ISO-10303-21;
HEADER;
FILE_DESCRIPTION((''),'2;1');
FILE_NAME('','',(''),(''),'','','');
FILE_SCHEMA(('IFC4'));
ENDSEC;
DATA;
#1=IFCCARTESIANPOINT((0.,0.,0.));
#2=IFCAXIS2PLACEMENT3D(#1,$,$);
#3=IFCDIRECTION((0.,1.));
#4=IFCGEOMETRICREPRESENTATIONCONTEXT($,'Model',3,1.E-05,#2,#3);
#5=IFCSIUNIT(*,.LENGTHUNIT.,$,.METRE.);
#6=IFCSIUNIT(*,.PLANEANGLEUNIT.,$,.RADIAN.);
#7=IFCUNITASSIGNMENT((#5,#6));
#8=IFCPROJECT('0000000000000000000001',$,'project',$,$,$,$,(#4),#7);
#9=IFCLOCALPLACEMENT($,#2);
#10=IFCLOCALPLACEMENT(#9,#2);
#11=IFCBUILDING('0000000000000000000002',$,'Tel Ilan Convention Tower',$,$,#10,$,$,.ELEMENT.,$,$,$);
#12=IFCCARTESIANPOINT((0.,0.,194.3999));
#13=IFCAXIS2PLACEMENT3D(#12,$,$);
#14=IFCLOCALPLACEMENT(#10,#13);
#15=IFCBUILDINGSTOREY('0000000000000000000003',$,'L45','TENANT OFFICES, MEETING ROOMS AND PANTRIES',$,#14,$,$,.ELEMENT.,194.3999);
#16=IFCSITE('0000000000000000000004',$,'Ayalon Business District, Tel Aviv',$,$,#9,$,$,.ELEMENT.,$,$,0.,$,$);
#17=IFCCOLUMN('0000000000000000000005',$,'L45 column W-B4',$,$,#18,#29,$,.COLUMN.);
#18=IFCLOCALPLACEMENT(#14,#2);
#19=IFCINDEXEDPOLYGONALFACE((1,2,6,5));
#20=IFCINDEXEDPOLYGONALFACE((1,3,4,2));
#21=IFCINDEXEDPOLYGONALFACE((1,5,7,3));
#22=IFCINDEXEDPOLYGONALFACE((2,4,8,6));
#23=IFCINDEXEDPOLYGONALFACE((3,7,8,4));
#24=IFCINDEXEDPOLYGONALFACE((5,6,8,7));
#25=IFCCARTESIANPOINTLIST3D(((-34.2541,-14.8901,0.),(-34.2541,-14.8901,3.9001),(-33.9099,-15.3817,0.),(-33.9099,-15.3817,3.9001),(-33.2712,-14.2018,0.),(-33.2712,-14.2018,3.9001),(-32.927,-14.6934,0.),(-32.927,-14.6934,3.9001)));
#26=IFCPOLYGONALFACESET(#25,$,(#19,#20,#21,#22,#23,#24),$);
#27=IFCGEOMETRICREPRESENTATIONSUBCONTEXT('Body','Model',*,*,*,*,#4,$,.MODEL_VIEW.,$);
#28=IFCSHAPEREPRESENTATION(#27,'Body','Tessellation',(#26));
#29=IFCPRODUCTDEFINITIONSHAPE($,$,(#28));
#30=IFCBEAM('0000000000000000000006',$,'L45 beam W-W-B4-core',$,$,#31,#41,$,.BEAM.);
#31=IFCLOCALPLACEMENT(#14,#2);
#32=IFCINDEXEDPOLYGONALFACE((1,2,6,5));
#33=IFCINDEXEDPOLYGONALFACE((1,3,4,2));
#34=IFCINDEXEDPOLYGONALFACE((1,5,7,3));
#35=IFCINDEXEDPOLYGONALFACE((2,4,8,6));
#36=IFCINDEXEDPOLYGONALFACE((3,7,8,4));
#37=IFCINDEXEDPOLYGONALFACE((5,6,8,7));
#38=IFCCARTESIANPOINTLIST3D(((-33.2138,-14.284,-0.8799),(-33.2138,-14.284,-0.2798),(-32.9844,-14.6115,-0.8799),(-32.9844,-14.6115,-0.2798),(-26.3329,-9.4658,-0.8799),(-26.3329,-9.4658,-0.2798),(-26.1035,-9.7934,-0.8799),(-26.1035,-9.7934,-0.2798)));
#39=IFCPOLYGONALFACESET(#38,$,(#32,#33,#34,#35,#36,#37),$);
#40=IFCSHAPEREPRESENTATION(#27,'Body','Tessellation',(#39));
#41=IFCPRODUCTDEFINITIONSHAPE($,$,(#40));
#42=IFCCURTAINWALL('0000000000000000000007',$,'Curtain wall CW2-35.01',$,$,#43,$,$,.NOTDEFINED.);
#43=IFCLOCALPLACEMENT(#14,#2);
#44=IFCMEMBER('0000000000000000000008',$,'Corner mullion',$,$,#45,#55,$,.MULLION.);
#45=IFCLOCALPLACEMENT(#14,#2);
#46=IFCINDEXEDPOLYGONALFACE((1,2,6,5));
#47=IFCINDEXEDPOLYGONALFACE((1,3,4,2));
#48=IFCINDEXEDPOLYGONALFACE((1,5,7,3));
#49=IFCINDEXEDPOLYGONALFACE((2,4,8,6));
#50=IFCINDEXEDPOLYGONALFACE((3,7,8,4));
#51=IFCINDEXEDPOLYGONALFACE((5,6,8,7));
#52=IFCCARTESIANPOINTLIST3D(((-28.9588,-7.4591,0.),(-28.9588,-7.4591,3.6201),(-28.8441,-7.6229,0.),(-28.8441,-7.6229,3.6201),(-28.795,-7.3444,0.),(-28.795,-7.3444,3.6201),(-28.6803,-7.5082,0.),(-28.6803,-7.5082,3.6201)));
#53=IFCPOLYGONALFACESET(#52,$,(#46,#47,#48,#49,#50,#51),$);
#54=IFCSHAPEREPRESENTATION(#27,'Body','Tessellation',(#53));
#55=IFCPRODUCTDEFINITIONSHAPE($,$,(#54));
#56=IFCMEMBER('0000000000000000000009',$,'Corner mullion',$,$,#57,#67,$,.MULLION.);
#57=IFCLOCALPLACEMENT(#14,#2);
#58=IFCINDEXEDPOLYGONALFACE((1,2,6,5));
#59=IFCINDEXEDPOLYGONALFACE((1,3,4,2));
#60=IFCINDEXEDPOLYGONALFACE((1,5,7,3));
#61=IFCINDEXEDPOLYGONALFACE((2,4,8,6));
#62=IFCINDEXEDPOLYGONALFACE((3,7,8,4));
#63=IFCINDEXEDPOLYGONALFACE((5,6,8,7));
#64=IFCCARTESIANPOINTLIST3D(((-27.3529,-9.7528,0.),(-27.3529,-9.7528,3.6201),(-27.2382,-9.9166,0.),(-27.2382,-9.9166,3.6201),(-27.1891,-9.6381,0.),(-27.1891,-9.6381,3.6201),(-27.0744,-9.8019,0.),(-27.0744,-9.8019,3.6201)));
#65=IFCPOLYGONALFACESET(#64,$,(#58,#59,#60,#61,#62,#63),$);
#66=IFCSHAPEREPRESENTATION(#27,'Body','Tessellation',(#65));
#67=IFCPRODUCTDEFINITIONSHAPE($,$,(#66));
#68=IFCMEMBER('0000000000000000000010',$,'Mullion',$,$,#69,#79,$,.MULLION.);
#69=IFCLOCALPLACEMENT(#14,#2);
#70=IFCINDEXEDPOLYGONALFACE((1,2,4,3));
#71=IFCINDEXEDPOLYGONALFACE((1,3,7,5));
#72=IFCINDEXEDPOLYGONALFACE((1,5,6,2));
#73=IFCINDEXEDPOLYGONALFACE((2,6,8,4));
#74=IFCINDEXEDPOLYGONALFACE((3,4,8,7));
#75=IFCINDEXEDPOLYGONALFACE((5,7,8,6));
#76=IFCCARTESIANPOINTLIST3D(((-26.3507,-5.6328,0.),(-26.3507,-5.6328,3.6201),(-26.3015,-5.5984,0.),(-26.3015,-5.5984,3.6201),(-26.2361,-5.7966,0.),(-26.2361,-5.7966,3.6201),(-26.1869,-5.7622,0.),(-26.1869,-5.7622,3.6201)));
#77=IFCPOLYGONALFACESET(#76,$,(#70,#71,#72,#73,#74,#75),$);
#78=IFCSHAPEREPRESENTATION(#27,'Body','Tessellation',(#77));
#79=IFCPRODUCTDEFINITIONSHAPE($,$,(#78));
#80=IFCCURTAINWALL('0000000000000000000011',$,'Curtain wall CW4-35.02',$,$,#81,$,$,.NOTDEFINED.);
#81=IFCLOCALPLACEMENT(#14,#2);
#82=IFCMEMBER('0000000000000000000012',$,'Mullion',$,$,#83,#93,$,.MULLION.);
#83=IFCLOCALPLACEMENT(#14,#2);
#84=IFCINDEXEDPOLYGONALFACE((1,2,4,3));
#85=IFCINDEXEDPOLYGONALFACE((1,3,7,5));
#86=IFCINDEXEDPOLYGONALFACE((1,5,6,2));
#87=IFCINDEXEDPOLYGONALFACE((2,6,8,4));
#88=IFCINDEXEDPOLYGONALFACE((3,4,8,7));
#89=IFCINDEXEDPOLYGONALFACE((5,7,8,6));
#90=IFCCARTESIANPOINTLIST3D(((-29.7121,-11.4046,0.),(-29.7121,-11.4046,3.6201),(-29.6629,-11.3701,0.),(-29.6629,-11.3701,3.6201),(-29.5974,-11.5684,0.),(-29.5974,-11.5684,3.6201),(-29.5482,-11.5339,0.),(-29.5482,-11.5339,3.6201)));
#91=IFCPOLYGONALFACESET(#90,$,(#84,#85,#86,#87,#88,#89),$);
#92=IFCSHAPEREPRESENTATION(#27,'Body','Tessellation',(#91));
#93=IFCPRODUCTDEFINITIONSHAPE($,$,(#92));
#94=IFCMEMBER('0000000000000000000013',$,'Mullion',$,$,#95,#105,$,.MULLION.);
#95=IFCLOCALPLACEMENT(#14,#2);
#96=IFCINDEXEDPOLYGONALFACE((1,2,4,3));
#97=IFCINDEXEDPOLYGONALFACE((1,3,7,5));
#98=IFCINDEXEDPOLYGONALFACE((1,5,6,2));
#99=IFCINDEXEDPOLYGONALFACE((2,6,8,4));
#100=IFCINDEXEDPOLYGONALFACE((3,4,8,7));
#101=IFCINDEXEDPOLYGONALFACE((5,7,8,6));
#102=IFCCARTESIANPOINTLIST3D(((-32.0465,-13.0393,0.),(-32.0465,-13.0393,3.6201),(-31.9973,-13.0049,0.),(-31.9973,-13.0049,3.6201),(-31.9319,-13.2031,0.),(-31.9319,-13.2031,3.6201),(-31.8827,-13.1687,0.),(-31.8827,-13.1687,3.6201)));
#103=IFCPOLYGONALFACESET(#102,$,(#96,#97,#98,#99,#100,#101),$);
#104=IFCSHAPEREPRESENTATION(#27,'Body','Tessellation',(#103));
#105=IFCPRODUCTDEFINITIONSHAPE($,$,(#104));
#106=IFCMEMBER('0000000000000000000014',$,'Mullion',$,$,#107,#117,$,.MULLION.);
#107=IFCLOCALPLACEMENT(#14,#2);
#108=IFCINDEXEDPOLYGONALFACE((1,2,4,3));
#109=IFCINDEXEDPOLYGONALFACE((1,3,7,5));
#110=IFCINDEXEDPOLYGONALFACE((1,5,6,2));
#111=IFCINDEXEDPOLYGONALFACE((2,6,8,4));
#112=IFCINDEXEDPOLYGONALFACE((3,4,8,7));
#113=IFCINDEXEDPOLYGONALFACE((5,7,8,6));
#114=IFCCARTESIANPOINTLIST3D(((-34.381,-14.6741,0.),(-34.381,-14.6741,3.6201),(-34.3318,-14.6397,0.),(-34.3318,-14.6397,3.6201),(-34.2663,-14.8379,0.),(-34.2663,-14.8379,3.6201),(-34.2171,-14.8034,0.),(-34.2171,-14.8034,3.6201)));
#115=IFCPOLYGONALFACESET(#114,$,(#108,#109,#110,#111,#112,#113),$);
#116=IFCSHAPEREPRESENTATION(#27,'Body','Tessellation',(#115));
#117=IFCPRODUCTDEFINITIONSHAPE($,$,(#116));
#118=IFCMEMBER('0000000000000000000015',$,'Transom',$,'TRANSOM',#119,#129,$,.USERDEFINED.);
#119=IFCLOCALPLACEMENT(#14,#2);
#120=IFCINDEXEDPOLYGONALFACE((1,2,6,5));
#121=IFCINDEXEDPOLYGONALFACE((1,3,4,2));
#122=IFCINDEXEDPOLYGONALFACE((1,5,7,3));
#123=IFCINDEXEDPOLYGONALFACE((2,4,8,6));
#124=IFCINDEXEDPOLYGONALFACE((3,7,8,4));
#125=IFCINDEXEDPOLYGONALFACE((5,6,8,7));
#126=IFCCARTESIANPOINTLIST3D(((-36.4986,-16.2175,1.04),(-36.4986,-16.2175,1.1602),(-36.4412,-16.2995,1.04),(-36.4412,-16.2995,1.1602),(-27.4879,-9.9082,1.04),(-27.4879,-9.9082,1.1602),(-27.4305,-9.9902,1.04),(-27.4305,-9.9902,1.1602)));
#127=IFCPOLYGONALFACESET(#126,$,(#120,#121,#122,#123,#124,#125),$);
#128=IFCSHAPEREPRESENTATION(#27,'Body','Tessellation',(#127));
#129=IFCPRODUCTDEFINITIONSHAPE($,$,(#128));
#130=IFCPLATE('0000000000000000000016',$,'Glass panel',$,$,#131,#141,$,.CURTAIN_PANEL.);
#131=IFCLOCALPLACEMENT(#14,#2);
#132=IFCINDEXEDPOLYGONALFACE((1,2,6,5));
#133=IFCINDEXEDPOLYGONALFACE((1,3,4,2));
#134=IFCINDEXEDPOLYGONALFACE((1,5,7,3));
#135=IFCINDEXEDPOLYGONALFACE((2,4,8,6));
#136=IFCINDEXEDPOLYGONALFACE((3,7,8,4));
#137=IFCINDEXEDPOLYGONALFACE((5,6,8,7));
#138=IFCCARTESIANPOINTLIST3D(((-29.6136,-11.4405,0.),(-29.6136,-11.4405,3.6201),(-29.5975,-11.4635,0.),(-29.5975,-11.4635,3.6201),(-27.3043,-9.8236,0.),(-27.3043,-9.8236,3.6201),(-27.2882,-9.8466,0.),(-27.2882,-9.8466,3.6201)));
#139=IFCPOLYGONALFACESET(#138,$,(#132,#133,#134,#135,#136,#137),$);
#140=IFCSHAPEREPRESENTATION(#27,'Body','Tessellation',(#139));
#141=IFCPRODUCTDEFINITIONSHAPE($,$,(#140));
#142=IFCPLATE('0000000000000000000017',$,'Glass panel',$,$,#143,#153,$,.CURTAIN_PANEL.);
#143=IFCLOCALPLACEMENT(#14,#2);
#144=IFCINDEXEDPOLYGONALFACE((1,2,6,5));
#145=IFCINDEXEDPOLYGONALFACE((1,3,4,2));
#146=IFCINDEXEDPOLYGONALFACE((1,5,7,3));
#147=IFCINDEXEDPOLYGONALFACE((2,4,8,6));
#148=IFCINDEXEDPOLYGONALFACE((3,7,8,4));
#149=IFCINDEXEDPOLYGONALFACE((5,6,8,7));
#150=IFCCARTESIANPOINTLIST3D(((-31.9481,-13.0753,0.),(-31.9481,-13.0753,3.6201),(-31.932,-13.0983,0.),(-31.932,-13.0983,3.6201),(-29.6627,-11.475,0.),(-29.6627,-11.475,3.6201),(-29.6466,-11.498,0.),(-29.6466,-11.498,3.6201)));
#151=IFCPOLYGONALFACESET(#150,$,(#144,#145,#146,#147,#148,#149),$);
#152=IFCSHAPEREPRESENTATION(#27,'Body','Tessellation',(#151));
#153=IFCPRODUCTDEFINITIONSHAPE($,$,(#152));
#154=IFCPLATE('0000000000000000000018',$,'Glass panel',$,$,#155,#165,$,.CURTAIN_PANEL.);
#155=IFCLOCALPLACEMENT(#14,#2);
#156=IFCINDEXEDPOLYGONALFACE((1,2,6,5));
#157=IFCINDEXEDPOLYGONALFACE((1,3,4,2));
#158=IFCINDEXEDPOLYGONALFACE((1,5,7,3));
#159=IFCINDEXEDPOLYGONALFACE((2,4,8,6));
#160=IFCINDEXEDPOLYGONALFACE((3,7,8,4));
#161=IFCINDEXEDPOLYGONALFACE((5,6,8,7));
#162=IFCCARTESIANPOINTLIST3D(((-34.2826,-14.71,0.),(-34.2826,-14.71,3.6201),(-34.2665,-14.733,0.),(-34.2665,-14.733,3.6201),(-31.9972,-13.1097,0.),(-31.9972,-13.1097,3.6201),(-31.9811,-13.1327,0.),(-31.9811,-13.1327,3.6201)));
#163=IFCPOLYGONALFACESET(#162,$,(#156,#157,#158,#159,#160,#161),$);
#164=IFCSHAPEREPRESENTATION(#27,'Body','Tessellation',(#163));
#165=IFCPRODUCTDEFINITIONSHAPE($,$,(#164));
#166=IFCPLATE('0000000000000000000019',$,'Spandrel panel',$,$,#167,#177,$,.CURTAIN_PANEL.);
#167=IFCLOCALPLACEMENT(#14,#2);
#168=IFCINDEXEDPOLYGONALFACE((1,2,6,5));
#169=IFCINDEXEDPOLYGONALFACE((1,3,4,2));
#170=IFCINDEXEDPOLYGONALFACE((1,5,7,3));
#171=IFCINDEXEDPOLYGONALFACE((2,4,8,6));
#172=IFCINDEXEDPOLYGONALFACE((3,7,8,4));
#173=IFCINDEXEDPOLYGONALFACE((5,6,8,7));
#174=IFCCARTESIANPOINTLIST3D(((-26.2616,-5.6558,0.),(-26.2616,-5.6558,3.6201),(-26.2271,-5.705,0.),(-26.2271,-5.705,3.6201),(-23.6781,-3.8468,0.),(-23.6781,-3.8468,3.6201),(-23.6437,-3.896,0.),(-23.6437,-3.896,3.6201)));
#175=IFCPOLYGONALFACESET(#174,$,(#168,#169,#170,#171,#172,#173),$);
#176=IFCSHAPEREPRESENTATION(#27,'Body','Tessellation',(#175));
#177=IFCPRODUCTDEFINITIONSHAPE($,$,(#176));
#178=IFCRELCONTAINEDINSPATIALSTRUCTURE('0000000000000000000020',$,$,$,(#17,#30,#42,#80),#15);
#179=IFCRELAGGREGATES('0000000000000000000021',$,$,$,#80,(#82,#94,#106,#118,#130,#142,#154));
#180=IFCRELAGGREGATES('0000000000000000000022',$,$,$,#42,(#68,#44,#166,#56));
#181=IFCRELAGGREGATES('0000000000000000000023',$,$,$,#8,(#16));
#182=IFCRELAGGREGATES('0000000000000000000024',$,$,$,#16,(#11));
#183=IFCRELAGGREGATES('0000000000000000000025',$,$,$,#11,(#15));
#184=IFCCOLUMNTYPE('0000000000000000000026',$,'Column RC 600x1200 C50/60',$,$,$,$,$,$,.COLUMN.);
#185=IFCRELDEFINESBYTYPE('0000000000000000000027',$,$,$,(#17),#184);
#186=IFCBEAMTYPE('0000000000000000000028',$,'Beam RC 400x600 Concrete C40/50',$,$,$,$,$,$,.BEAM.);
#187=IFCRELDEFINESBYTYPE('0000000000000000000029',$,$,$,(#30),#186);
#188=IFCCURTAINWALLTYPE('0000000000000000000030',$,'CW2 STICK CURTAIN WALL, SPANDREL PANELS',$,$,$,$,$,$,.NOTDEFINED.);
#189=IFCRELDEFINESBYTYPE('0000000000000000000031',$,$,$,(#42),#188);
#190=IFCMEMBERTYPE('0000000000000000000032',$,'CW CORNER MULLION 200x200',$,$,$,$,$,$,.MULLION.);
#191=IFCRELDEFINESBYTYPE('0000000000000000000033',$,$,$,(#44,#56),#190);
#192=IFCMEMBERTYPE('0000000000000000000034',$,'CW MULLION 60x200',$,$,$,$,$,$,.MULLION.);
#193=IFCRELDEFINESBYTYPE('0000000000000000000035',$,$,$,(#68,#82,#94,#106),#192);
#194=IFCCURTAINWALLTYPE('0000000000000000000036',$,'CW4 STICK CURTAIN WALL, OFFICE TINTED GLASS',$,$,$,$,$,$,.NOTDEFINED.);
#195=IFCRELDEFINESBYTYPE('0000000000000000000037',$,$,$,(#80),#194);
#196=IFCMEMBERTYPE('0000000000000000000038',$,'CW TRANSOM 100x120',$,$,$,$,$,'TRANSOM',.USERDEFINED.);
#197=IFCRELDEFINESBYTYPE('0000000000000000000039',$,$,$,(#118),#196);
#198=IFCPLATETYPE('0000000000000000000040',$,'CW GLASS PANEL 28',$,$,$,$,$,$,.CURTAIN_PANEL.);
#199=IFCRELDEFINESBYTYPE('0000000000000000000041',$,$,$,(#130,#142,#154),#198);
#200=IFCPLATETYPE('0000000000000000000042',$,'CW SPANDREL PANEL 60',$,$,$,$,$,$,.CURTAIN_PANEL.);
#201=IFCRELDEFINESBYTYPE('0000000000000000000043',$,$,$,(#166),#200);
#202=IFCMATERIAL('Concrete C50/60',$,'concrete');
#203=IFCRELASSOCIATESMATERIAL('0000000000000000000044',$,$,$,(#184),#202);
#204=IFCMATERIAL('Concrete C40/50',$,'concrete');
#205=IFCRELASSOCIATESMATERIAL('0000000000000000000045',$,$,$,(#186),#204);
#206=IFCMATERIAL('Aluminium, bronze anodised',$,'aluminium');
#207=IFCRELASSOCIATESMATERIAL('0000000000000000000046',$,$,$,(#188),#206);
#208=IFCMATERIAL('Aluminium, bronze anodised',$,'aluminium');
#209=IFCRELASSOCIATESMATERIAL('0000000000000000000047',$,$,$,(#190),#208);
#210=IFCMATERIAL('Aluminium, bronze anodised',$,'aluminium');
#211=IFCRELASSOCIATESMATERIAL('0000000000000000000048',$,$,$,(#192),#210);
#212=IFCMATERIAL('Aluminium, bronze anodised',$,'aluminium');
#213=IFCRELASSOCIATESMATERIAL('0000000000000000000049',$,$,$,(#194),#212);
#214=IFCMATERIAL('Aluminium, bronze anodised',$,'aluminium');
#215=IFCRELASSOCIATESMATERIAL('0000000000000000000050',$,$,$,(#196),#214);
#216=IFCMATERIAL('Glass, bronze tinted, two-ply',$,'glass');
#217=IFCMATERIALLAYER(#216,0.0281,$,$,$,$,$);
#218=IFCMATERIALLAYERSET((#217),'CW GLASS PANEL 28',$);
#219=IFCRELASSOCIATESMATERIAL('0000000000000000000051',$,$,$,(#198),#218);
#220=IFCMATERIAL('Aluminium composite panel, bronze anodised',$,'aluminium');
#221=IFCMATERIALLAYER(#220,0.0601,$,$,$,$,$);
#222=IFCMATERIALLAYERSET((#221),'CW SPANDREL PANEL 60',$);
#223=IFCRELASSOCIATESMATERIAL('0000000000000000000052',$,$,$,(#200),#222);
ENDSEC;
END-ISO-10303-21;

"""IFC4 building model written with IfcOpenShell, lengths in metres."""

from ifc_helpers import new_model, si_unit, direction, frame, origin, origin_2d, place, context, subcontext, project, spatial, rectangle, extrude, material, layer, layer_set, material_profile, profile_set, type_object, element, aggregate, save


model = new_model("IFC4")

# Units and contexts
model_context = context("Model", 3, precision=1e-05, world=origin(), true_north=direction((0.0, 1.0)))
body_context = subcontext(model_context, "Body", "Model", "MODEL_VIEW")
ifc_project = project(units=[si_unit("LENGTHUNIT", "METRE"), si_unit("PLANEANGLEUNIT", "RADIAN")], contexts=[model_context])

# Site, building, storey
site_placement = place(None, origin())
site = spatial("IfcSite", under=ifc_project, at=site_placement, Name="Ayalon Business District, Tel Aviv", CompositionType="ELEMENT", RefElevation=0.0)
building_placement = place(site_placement, origin())
building = spatial("IfcBuilding", under=site, at=building_placement, Name="Tel Ilan Convention Tower", CompositionType="ELEMENT")
storey_placement = place(building_placement, frame((0.0, 0.0, 194.3999)))
storey = spatial("IfcBuildingStorey", under=building, at=storey_placement, Name="L45", Description="TENANT OFFICES, MEETING ROOMS AND PANTRIES", CompositionType="ELEMENT", Elevation=194.3999)

# Column
ifc_material_1 = material(Name="Concrete C50/60", Category="concrete")
ifc_material_profile_1 = material_profile(ifc_material_1, rectangle(XDim=1.2, YDim=0.6001, at=origin_2d()), Name="RC 600x1200")
ifc_profile_set_1 = profile_set([ifc_material_profile_1], Name="Concrete C50/60")
column_type = type_object("IfcColumnType", Name="Column RC 600x1200 C50/60", PredefinedType="COLUMN", material=ifc_profile_set_1)
column_placement = place(storey_placement, frame((-33.5906, -14.7917, 0.0), z_axis=(0.0, 0.0, 1.0), x_axis=(-0.819152, -0.573576, 0.0)))
element("IfcColumn", 1, at=column_placement, inside=storey, type_object=column_type, Name="L45 column W-B4", PredefinedType="COLUMN", context=body_context, shape_type="SweptSolid", body=[
    extrude(rectangle(XDim=1.2, YDim=0.6001, at=origin_2d()), origin(), (0.0, 0.0, 1.0), 3.9001),
])

# Beam
ifc_material_2 = material(Name="Concrete C40/50", Category="concrete")
ifc_material_profile_2 = material_profile(ifc_material_2, rectangle(XDim=0.3999, YDim=0.6001, at=origin_2d()), Name="RC 400x600")
ifc_profile_set_2 = profile_set([ifc_material_profile_2], Name="Concrete C40/50")
beam_type = type_object("IfcBeamType", Name="Beam RC 400x600 Concrete C40/50", PredefinedType="BEAM", material=ifc_profile_set_2)
beam_placement = place(storey_placement, frame((-33.0991, -14.4478, -0.5798), z_axis=(0.819147, 0.573583, 0.0), x_axis=(-0.573583, 0.819147, 0.0)))
element("IfcBeam", 2, at=beam_placement, inside=storey, type_object=beam_type, Name="L45 beam W-W-B4-core", PredefinedType="BEAM", context=body_context, shape_type="SweptSolid", body=[
    extrude(rectangle(XDim=0.3999, YDim=0.6001, at=origin_2d()), origin(), (0.0, 0.0, 1.0), 8.4001),
])

# Curtain wall, members
ifc_material_3 = material(Name="Aluminium, bronze anodised", Category="aluminium")
curtain_wall_type_1 = type_object("IfcCurtainWallType", Name="CW2 STICK CURTAIN WALL, SPANDREL PANELS", PredefinedType="NOTDEFINED", material=ifc_material_3)
curtain_wall_1_placement = place(storey_placement, origin())
curtain_wall_1 = element("IfcCurtainWall", 3, at=curtain_wall_1_placement, inside=storey, type_object=curtain_wall_type_1, Name="Curtain wall CW2-35.01", PredefinedType="NOTDEFINED")
ifc_material_4 = material(Name="Aluminium, bronze anodised", Category="aluminium")
ifc_material_profile_3 = material_profile(ifc_material_4, rectangle(XDim=0.2, YDim=0.2, at=origin_2d()), Name="CW CORNER MULLION 200x200")
ifc_profile_set_3 = profile_set([ifc_material_profile_3], Name="Aluminium, bronze anodised")
member_type_1 = type_object("IfcMemberType", Name="CW CORNER MULLION 200x200", PredefinedType="MULLION", material=ifc_profile_set_3)
member_1_placement = place(storey_placement, frame((-28.8196, -7.4836, 0.0), z_axis=(0.0, 0.0, 1.0), x_axis=(-0.819152, -0.573576, 0.0)))
member_1 = element("IfcMember", 4, at=member_1_placement, type_object=member_type_1, Name="Corner mullion", PredefinedType="MULLION", context=body_context, shape_type="SweptSolid", body=[
    extrude(rectangle(XDim=0.2, YDim=0.2, at=origin_2d()), origin(), (0.0, 0.0, 1.0), 3.6201),
])
member_2_placement = place(storey_placement, frame((-27.2136, -9.7773, 0.0), z_axis=(0.0, 0.0, 1.0), x_axis=(0.573576, -0.819152, 0.0)))
member_2 = element("IfcMember", 5, at=member_2_placement, type_object=member_type_1, Name="Corner mullion", PredefinedType="MULLION", context=body_context, shape_type="SweptSolid", body=[
    extrude(rectangle(XDim=0.2, YDim=0.2, at=origin_2d()), origin(), (0.0, 0.0, 1.0), 3.6201),
])
ifc_material_5 = material(Name="Aluminium, bronze anodised", Category="aluminium")
ifc_material_profile_4 = material_profile(ifc_material_5, rectangle(XDim=0.0601, YDim=0.2, at=origin_2d()), Name="CW MULLION 60x200")
ifc_profile_set_4 = profile_set([ifc_material_profile_4], Name="Aluminium, bronze anodised")
member_type_2 = type_object("IfcMemberType", Name="CW MULLION 60x200", PredefinedType="MULLION", material=ifc_profile_set_4)
member_3_placement = place(storey_placement, frame((-26.2688, -5.6975, 0.0), z_axis=(0.0, 0.0, 1.0), x_axis=(-0.819152, -0.573576, 0.0)))
member_3 = element("IfcMember", 6, at=member_3_placement, type_object=member_type_2, Name="Mullion", PredefinedType="MULLION", context=body_context, shape_type="SweptSolid", body=[
    extrude(rectangle(XDim=0.0601, YDim=0.2, at=origin_2d()), origin(), (0.0, 0.0, 1.0), 3.6201),
])

# Curtain wall, members, plates
ifc_material_6 = material(Name="Aluminium, bronze anodised", Category="aluminium")
curtain_wall_type_2 = type_object("IfcCurtainWallType", Name="CW4 STICK CURTAIN WALL, OFFICE TINTED GLASS", PredefinedType="NOTDEFINED", material=ifc_material_6)
curtain_wall_2_placement = place(storey_placement, origin())
curtain_wall_2 = element("IfcCurtainWall", 7, at=curtain_wall_2_placement, inside=storey, type_object=curtain_wall_type_2, Name="Curtain wall CW4-35.02", PredefinedType="NOTDEFINED")
member_4_placement = place(storey_placement, frame((-29.6301, -11.4692, 0.0), z_axis=(0.0, 0.0, 1.0), x_axis=(-0.819152, -0.573576, 0.0)))
member_4 = element("IfcMember", 8, at=member_4_placement, type_object=member_type_2, Name="Mullion", PredefinedType="MULLION", context=body_context, shape_type="SweptSolid", body=[
    extrude(rectangle(XDim=0.0601, YDim=0.2, at=origin_2d()), origin(), (0.0, 0.0, 1.0), 3.6201),
])
member_5_placement = place(storey_placement, frame((-31.9646, -13.104, 0.0), z_axis=(0.0, 0.0, 1.0), x_axis=(-0.819152, -0.573576, 0.0)))
member_5 = element("IfcMember", 9, at=member_5_placement, type_object=member_type_2, Name="Mullion", PredefinedType="MULLION", context=body_context, shape_type="SweptSolid", body=[
    extrude(rectangle(XDim=0.0601, YDim=0.2, at=origin_2d()), origin(), (0.0, 0.0, 1.0), 3.6201),
])
member_6_placement = place(storey_placement, frame((-34.2991, -14.7388, 0.0), z_axis=(0.0, 0.0, 1.0), x_axis=(-0.819152, -0.573576, 0.0)))
member_6 = element("IfcMember", 10, at=member_6_placement, type_object=member_type_2, Name="Mullion", PredefinedType="MULLION", context=body_context, shape_type="SweptSolid", body=[
    extrude(rectangle(XDim=0.0601, YDim=0.2, at=origin_2d()), origin(), (0.0, 0.0, 1.0), 3.6201),
])
ifc_material_7 = material(Name="Aluminium, bronze anodised", Category="aluminium")
ifc_material_profile_5 = material_profile(ifc_material_7, rectangle(XDim=0.1001, YDim=0.1201, at=origin_2d()), Name="CW TRANSOM 100x120")
ifc_profile_set_5 = profile_set([ifc_material_profile_5], Name="Aluminium, bronze anodised")
member_type_3 = type_object("IfcMemberType", Name="CW TRANSOM 100x120", ElementType="TRANSOM", PredefinedType="USERDEFINED", material=ifc_profile_set_5)
member_7_placement = place(storey_placement, frame((-27.4592, -9.9492, 1.1001), z_axis=(-0.819155, -0.573573, 0.0), x_axis=(0.573573, -0.819155, 0.0)))
member_7 = element("IfcMember", 11, at=member_7_placement, type_object=member_type_3, Name="Transom", ObjectType="TRANSOM", PredefinedType="USERDEFINED", context=body_context, shape_type="SweptSolid", body=[
    extrude(rectangle(XDim=0.1001, YDim=0.1201, at=origin_2d()), origin(), (0.0, 0.0, 1.0), 11.0),
])
ifc_material_8 = material(Name="Glass, bronze tinted, two-ply", Category="glass")
ifc_layer_1 = layer(ifc_material_8, 0.0281)
ifc_layer_set_1 = layer_set([ifc_layer_1], Name="CW GLASS PANEL 28")
plate_type_1 = type_object("IfcPlateType", Name="CW GLASS PANEL 28", PredefinedType="CURTAIN_PANEL", material=ifc_layer_set_1)
plate_1_placement = place(storey_placement, frame((-28.4509, -10.6436, 0.0), z_axis=(0.0, 0.0, 1.0), x_axis=(-0.819152, -0.573576, 0.0)))
plate_1 = element("IfcPlate", 12, at=plate_1_placement, type_object=plate_type_1, Name="Glass panel", PredefinedType="CURTAIN_PANEL", context=body_context, shape_type="SweptSolid", body=[
    extrude(rectangle(XDim=2.8191, YDim=0.0281, at=origin_2d()), origin(), (0.0, 0.0, 1.0), 3.6201),
])
plate_2_placement = place(storey_placement, frame((-30.7974, -12.2866, 0.0), z_axis=(0.0, 0.0, 1.0), x_axis=(-0.819152, -0.573576, 0.0)))
plate_2 = element("IfcPlate", 13, at=plate_2_placement, type_object=plate_type_1, Name="Glass panel", PredefinedType="CURTAIN_PANEL", context=body_context, shape_type="SweptSolid", body=[
    extrude(rectangle(XDim=2.79, YDim=0.0281, at=origin_2d()), origin(), (0.0, 0.0, 1.0), 3.6201),
])
plate_3_placement = place(storey_placement, frame((-33.1318, -13.9214, 0.0), z_axis=(0.0, 0.0, 1.0), x_axis=(-0.819152, -0.573576, 0.0)))
plate_3 = element("IfcPlate", 14, at=plate_3_placement, type_object=plate_type_1, Name="Glass panel", PredefinedType="CURTAIN_PANEL", context=body_context, shape_type="SweptSolid", body=[
    extrude(rectangle(XDim=2.79, YDim=0.0281, at=origin_2d()), origin(), (0.0, 0.0, 1.0), 3.6201),
])
aggregate(curtain_wall_2, [member_4, member_5, member_6, member_7, plate_1, plate_2, plate_3])

# Plate
ifc_material_9 = material(Name="Aluminium composite panel, bronze anodised", Category="aluminium")
ifc_layer_2 = layer(ifc_material_9, 0.0601)
ifc_layer_set_2 = layer_set([ifc_layer_2], Name="CW SPANDREL PANEL 60")
plate_type_2 = type_object("IfcPlateType", Name="CW SPANDREL PANEL 60", PredefinedType="CURTAIN_PANEL", material=ifc_layer_set_2)
plate_4_placement = place(storey_placement, frame((-24.9526, -4.7759, 0.0), z_axis=(0.0, 0.0, 1.0), x_axis=(-0.819152, -0.573576, 0.0)))
plate_4 = element("IfcPlate", 15, at=plate_4_placement, type_object=plate_type_2, Name="Spandrel panel", PredefinedType="CURTAIN_PANEL", context=body_context, shape_type="SweptSolid", body=[
    extrude(rectangle(XDim=3.1538, YDim=0.0601, at=origin_2d()), origin(), (0.0, 0.0, 1.0), 3.6201),
])
aggregate(curtain_wall_1, [member_3, member_1, plate_4, member_2])

save(model, "model.ifc")
